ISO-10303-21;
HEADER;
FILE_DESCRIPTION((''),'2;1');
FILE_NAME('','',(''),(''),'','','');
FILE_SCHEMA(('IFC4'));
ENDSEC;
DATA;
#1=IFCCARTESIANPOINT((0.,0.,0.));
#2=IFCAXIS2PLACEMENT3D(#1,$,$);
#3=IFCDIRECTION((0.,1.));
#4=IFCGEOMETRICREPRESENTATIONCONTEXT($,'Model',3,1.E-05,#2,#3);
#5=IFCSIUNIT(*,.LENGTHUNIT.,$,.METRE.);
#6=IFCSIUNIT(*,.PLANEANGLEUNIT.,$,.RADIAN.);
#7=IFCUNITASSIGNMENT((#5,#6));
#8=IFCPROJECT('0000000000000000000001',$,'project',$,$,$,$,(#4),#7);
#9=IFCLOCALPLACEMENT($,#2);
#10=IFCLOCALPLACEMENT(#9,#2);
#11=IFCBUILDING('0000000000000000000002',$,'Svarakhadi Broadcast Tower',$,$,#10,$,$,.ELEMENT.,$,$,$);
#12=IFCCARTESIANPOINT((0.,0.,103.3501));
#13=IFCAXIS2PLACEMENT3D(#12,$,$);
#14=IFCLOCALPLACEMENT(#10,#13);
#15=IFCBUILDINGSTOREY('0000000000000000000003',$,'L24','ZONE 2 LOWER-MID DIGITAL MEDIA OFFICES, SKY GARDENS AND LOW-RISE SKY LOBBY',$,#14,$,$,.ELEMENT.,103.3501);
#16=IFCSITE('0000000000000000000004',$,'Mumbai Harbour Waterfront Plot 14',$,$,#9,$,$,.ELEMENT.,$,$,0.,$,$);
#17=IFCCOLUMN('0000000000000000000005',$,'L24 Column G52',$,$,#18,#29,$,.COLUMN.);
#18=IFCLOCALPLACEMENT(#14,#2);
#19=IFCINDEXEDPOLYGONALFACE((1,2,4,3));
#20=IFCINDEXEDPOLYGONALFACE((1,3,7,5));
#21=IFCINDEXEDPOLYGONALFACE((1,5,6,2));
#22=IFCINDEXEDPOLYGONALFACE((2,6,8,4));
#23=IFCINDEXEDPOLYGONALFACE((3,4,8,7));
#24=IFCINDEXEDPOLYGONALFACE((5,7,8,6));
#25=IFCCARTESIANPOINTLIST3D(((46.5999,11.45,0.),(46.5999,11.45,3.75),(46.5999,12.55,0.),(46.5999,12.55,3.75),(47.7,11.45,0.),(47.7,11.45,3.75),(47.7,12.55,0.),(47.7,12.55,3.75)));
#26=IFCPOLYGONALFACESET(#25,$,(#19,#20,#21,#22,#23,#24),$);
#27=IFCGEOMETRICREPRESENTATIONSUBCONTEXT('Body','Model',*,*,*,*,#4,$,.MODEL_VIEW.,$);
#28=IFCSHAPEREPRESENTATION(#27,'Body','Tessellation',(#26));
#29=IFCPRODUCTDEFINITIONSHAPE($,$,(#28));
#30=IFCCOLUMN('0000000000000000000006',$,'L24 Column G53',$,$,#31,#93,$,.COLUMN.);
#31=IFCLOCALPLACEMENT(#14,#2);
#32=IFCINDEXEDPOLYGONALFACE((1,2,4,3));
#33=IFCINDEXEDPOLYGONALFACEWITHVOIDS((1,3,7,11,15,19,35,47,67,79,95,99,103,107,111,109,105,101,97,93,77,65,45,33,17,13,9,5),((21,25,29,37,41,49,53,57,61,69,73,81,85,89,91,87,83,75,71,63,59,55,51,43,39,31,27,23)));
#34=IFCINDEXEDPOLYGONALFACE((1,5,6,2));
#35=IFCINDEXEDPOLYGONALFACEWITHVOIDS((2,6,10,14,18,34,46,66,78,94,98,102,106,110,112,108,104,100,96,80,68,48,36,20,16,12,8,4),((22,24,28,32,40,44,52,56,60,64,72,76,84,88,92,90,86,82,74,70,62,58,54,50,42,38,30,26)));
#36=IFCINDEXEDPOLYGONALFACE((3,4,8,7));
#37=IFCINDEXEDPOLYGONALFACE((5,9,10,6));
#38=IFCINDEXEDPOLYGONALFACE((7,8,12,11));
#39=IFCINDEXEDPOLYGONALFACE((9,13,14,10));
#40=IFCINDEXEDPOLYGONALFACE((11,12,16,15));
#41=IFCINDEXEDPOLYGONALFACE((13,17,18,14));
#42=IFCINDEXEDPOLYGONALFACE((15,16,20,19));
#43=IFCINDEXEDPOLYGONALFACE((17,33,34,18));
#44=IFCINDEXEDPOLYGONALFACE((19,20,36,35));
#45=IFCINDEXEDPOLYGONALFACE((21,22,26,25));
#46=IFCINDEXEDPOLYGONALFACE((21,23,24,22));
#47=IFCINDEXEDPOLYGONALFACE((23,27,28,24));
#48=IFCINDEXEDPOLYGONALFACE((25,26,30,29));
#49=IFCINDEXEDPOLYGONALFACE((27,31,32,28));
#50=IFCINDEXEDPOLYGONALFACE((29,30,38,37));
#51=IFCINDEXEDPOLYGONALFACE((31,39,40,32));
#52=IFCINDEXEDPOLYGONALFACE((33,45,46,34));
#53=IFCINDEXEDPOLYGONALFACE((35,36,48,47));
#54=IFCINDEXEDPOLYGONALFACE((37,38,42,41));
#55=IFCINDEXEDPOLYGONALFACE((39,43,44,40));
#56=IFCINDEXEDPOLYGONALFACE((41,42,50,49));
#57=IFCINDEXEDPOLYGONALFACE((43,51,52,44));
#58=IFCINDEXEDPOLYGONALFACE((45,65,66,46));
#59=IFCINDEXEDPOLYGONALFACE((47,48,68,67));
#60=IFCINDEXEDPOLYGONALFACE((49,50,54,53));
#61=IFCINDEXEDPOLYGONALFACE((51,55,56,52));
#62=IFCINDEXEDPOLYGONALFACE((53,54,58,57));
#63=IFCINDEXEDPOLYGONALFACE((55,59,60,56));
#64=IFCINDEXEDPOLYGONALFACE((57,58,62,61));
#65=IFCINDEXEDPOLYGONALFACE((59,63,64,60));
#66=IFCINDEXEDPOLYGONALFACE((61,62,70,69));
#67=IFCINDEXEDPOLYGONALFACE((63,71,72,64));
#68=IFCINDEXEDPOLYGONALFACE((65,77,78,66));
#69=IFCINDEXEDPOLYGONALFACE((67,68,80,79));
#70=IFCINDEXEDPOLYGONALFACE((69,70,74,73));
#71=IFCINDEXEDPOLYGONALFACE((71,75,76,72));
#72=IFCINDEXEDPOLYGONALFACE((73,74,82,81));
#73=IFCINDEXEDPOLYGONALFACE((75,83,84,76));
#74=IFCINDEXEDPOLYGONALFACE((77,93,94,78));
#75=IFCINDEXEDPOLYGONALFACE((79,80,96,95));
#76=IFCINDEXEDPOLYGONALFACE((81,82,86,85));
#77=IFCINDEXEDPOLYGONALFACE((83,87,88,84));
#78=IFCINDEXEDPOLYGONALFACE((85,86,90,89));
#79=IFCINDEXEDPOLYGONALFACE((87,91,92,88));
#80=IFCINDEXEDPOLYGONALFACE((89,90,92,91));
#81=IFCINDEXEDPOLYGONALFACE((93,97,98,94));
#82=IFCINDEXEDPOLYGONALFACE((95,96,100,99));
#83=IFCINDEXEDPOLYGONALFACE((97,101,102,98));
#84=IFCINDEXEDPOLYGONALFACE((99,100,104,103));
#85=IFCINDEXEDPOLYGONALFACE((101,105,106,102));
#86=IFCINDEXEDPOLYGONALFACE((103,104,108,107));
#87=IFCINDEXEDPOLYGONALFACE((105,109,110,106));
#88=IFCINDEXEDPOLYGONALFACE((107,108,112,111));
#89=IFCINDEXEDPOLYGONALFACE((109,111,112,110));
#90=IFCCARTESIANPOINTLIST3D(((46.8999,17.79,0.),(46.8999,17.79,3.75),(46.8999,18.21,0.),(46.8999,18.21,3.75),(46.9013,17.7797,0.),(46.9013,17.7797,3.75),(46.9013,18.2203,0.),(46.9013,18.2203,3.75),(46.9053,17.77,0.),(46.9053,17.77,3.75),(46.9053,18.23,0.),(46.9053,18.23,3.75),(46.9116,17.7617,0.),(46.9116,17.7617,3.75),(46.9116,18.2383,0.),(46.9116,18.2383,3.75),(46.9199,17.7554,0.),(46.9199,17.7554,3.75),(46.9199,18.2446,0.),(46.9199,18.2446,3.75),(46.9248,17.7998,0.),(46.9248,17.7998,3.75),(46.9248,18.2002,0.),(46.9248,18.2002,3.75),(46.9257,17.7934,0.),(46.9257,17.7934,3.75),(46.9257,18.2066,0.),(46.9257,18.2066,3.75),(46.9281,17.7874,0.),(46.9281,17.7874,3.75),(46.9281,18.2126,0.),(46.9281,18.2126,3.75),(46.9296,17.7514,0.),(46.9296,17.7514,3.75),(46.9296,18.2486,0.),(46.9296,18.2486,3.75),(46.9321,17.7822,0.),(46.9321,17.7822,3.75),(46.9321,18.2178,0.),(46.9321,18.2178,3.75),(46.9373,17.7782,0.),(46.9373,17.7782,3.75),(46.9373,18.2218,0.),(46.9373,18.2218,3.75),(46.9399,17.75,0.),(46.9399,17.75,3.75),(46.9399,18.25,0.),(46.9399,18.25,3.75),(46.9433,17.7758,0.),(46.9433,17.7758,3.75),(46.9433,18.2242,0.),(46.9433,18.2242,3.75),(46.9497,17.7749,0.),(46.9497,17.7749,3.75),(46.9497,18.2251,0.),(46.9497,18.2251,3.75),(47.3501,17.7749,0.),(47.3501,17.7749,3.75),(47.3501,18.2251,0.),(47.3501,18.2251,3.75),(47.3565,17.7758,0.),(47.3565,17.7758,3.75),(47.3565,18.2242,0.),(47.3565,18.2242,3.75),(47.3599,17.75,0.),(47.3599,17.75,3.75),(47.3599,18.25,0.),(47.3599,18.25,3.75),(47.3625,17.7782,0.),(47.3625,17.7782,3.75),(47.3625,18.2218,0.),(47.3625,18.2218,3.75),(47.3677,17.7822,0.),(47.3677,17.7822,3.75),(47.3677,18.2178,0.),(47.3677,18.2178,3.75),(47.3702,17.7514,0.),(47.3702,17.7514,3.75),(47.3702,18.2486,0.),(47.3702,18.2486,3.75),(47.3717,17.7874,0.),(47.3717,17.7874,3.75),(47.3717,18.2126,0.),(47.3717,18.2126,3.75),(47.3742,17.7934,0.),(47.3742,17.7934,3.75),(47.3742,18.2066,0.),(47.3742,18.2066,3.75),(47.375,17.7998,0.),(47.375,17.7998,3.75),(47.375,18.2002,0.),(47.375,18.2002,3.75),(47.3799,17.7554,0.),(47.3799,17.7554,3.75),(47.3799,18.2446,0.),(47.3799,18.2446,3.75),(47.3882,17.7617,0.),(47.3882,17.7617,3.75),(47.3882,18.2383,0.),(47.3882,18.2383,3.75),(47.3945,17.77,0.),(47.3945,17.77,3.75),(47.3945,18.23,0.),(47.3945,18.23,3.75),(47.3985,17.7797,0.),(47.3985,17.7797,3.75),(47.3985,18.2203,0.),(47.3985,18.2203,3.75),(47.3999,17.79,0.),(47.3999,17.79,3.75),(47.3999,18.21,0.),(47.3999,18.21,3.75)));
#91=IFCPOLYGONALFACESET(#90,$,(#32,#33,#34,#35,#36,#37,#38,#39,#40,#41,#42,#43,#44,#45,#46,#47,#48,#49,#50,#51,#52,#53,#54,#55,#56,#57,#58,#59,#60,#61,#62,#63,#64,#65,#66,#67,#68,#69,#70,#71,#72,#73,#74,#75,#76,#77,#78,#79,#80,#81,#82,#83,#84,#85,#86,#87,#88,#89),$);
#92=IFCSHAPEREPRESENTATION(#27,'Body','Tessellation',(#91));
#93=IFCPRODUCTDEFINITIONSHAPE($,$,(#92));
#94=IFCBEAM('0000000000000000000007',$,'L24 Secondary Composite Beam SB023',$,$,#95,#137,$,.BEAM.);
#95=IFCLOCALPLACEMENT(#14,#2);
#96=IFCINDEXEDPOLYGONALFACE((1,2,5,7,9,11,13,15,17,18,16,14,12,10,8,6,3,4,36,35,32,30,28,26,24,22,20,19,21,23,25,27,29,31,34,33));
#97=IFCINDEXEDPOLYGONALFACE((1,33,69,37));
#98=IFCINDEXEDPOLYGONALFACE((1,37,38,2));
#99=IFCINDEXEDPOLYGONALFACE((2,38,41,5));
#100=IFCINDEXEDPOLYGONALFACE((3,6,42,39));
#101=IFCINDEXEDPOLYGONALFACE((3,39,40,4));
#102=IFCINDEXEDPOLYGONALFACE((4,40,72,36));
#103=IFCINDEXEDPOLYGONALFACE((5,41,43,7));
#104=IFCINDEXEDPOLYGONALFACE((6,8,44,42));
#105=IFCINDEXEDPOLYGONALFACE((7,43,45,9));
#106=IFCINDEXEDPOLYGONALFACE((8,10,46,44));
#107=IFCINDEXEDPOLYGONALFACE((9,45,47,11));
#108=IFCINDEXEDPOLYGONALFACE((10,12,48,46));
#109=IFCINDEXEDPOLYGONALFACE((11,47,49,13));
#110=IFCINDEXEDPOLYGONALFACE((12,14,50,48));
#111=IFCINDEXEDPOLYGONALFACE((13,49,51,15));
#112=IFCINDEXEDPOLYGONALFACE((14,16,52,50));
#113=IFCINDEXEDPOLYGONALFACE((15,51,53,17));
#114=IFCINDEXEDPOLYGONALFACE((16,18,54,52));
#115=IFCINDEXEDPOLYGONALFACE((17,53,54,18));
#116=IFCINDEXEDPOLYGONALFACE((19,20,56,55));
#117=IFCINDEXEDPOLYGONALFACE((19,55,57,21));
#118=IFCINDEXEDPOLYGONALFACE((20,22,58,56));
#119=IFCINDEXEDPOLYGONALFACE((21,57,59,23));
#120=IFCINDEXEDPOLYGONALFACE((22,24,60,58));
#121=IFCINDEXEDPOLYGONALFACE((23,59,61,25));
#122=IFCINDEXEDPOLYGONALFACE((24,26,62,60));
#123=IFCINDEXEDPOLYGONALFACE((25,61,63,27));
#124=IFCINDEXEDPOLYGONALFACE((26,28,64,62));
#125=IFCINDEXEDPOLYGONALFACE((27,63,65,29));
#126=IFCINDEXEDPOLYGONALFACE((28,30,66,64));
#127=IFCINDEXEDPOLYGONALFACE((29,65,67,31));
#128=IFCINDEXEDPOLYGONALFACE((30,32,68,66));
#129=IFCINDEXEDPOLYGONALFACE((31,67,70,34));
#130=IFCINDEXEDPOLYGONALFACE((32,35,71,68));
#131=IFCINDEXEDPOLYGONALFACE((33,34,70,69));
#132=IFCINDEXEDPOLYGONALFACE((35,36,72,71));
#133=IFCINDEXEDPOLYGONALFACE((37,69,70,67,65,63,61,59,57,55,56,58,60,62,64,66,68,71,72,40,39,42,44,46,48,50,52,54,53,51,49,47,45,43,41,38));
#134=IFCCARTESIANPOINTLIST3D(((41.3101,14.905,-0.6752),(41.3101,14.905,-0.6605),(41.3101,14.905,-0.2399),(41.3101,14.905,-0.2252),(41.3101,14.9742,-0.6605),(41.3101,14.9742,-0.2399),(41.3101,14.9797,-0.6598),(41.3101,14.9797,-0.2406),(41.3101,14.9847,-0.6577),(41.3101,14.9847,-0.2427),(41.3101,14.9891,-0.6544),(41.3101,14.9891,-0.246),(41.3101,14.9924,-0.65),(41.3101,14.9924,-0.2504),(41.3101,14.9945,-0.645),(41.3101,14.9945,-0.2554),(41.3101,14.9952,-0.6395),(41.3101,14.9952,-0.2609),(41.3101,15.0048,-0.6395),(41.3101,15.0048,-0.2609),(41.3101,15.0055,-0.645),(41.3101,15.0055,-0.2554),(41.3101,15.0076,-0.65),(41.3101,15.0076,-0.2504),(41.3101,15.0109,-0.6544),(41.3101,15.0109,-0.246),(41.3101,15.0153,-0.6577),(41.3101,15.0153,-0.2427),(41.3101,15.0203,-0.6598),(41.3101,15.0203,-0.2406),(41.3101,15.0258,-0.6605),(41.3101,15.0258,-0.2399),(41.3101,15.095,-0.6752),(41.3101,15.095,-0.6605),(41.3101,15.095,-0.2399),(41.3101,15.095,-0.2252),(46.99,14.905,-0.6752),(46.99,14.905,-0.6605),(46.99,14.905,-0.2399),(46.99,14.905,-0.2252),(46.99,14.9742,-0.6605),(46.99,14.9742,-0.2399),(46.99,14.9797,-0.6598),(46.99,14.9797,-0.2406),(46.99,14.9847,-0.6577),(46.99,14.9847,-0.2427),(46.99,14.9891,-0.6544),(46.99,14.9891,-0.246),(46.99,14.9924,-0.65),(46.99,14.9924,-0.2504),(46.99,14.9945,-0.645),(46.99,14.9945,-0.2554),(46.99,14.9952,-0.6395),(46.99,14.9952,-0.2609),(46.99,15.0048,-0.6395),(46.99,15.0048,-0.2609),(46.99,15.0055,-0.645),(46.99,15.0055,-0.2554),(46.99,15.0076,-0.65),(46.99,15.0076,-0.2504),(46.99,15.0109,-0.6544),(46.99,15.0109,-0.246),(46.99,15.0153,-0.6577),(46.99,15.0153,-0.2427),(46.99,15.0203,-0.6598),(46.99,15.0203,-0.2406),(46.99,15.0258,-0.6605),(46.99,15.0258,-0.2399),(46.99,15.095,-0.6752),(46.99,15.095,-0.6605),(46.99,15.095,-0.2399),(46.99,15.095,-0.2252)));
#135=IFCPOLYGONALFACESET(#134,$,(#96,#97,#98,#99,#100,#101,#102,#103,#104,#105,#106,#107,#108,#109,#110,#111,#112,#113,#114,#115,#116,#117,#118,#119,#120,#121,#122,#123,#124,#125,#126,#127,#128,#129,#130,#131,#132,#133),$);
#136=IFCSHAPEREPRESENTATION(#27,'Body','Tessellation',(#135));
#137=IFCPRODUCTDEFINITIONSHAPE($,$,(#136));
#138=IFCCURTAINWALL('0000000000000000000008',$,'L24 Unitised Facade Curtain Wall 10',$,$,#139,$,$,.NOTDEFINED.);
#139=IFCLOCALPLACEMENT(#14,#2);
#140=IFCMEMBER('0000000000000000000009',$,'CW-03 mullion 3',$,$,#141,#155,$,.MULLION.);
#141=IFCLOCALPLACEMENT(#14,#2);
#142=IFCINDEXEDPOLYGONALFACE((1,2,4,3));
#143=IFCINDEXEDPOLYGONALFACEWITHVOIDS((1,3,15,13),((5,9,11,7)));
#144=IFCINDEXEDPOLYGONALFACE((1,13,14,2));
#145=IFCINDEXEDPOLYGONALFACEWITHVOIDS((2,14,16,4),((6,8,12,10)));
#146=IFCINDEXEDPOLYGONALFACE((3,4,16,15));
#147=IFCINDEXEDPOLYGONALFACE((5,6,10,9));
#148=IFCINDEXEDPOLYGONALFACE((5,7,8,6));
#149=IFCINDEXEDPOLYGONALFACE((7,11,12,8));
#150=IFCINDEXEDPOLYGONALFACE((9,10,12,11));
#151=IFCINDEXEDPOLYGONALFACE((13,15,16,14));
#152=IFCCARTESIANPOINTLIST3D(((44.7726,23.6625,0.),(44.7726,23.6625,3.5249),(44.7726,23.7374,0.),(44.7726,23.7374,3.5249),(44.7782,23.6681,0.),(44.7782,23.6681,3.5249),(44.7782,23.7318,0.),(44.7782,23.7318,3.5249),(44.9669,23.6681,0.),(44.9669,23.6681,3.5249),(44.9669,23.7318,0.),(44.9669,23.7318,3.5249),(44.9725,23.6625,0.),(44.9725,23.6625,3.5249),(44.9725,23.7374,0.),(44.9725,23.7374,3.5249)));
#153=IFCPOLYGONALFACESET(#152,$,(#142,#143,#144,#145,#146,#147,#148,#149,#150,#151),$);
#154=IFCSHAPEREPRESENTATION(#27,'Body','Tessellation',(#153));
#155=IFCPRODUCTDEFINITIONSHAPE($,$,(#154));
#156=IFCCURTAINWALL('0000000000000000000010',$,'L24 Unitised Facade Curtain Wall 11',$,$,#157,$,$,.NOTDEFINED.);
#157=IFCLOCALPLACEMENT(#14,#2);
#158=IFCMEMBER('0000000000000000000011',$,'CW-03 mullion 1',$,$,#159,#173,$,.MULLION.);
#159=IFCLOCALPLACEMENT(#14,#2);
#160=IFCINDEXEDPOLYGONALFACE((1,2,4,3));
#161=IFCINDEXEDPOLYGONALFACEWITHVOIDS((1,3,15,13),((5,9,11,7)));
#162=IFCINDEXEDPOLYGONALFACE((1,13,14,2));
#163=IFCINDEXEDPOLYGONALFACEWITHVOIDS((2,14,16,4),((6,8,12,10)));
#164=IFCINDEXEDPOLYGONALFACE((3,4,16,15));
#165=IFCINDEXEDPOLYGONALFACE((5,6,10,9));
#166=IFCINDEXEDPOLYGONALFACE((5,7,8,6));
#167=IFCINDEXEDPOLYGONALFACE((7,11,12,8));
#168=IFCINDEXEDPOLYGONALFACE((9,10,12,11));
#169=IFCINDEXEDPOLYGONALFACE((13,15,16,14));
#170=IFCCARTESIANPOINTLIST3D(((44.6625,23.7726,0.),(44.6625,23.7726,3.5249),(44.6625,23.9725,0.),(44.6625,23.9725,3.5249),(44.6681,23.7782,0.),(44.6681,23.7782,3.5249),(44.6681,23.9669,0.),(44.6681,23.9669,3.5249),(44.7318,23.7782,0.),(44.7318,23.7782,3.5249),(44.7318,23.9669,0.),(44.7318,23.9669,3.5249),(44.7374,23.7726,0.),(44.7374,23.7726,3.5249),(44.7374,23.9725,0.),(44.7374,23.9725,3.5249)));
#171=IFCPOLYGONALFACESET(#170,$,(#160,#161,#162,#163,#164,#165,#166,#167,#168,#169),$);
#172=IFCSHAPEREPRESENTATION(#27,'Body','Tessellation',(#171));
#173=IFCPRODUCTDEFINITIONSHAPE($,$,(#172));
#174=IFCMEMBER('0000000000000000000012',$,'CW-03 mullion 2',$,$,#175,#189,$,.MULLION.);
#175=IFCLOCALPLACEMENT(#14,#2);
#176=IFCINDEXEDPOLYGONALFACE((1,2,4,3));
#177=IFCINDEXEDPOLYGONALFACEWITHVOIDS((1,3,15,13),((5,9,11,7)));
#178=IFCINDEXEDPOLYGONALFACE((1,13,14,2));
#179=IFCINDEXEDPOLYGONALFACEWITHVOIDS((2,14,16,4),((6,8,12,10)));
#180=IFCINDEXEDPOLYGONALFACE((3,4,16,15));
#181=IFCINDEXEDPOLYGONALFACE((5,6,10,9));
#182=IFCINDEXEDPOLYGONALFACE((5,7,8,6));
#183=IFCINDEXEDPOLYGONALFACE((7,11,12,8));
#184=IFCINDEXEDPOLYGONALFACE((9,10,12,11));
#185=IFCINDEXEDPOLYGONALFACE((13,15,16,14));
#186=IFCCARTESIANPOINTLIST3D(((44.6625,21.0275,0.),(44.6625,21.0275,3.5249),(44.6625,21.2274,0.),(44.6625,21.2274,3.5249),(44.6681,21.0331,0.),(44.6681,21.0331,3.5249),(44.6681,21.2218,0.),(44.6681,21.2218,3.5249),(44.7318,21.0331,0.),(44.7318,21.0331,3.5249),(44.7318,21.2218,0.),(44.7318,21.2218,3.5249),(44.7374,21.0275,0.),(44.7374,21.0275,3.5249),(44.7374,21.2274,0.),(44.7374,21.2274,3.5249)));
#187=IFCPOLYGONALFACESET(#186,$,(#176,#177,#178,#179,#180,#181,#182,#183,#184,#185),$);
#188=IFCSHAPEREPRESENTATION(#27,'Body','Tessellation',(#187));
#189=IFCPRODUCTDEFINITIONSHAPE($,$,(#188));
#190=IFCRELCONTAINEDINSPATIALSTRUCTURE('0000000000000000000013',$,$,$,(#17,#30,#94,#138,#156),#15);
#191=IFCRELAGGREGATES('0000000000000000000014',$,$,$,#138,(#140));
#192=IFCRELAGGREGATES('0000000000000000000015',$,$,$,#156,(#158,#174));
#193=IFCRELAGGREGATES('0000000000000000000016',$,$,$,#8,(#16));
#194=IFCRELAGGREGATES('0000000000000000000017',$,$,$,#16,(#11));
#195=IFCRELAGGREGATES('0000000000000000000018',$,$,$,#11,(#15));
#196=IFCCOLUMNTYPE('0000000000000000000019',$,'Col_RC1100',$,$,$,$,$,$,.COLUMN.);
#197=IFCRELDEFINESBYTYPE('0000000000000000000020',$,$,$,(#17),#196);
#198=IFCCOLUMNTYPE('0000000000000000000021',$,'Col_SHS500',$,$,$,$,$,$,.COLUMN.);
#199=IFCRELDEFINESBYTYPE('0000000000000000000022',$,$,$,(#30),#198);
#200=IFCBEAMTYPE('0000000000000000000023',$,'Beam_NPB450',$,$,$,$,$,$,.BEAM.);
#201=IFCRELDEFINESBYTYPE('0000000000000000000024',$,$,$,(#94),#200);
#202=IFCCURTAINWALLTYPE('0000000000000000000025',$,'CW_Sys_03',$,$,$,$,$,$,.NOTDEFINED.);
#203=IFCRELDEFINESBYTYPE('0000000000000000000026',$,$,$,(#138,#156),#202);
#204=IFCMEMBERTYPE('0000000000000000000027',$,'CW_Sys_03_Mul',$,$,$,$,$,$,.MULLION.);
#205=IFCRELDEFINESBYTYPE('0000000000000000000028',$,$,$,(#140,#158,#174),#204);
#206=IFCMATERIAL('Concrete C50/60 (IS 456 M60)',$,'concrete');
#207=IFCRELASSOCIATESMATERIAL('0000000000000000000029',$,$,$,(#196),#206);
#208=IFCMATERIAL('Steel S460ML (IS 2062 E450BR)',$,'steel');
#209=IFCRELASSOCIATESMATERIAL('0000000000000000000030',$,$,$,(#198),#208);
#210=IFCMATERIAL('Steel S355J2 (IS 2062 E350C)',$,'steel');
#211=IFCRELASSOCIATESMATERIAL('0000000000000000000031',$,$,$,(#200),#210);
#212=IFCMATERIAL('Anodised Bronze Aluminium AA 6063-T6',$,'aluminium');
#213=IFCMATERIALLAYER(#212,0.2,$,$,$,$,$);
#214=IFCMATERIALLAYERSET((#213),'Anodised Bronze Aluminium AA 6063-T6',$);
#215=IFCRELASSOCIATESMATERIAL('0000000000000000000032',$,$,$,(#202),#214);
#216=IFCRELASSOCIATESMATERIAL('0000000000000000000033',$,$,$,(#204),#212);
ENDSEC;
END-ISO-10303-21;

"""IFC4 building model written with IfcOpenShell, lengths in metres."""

from ifc_helpers import new_model, si_unit, direction, frame, origin, origin_2d, place, context, subcontext, project, spatial, rectangle, hollow_rectangle, i_section, extrude, material, layer, layer_set, material_profile, profile_set, type_object, element, aggregate, save


model = new_model("IFC4")

# Units and contexts
model_context = context("Model", 3, precision=1e-05, world=origin(), true_north=direction((0.0, 1.0)))
body_context = subcontext(model_context, "Body", "Model", "MODEL_VIEW")
ifc_project = project(units=[si_unit("LENGTHUNIT", "METRE"), si_unit("PLANEANGLEUNIT", "RADIAN")], contexts=[model_context])

# Site, building, storey
site_placement = place(None, origin())
site = spatial("IfcSite", under=ifc_project, at=site_placement, Name="Mumbai Harbour Waterfront Plot 14", CompositionType="ELEMENT", RefElevation=0.0)
building_placement = place(site_placement, origin())
building = spatial("IfcBuilding", under=site, at=building_placement, Name="Svarakhadi Broadcast Tower", CompositionType="ELEMENT")
storey_placement = place(building_placement, frame((0.0, 0.0, 103.3501)))
storey = spatial("IfcBuildingStorey", under=building, at=storey_placement, Name="L24", Description="ZONE 2 LOWER-MID DIGITAL MEDIA OFFICES, SKY GARDENS AND LOW-RISE SKY LOBBY", CompositionType="ELEMENT", Elevation=103.3501)

# Columns
ifc_material_1 = material(Name="Concrete C50/60 (IS 456 M60)", Category="concrete")
ifc_material_profile_1 = material_profile(ifc_material_1, rectangle(XDim=1.1001, YDim=1.1001, at=origin_2d()), Name="RC 1100x1100")
ifc_profile_set_1 = profile_set([ifc_material_profile_1], Name="Concrete C50/60 (IS 456 M60)")
column_type_1 = type_object("IfcColumnType", Name="Col_RC1100", PredefinedType="COLUMN", material=ifc_profile_set_1)
column_1_placement = place(storey_placement, frame((47.1499, 12.0, 0.0), z_axis=(0.0, 0.0, 1.0), x_axis=(1.0, 0.0, 0.0)))
element("IfcColumn", 1, at=column_1_placement, inside=storey, type_object=column_type_1, Name="L24 Column G52", PredefinedType="COLUMN", context=body_context, shape_type="SweptSolid", body=[
    extrude(rectangle(XDim=1.1001, YDim=1.1001, at=origin_2d()), origin(), (0.0, 0.0, 1.0), 3.75),
])
ifc_material_2 = material(Name="Steel S460ML (IS 2062 E450BR)", Category="steel")
ifc_material_profile_2 = material_profile(ifc_material_2, hollow_rectangle(XDim=0.5, YDim=0.5, WallThickness=0.0249, InnerFilletRadius=0.0249, OuterFilletRadius=0.04, at=origin_2d()), Name="SHS 500x500x25")
ifc_profile_set_2 = profile_set([ifc_material_profile_2], Name="Steel S460ML (IS 2062 E450BR)")
column_type_2 = type_object("IfcColumnType", Name="Col_SHS500", PredefinedType="COLUMN", material=ifc_profile_set_2)
column_2_placement = place(storey_placement, frame((47.1499, 18.0, 0.0), z_axis=(0.0, 0.0, 1.0), x_axis=(1.0, 0.0, 0.0)))
element("IfcColumn", 2, at=column_2_placement, inside=storey, type_object=column_type_2, Name="L24 Column G53", PredefinedType="COLUMN", context=body_context, shape_type="SweptSolid", body=[
    extrude(hollow_rectangle(XDim=0.5, YDim=0.5, WallThickness=0.0249, InnerFilletRadius=0.0249, OuterFilletRadius=0.04, at=origin_2d()), origin(), (0.0, 0.0, 1.0), 3.75),
])

# Beam
ifc_material_3 = material(Name="Steel S355J2 (IS 2062 E350C)", Category="steel")
ifc_material_profile_3 = material_profile(ifc_material_3, i_section(OverallWidth=0.1899, OverallDepth=0.45, WebThickness=0.0095, FlangeThickness=0.0146, FilletRadius=0.021, at=origin_2d()), Name="NPB 450x190x78")
ifc_profile_set_3 = profile_set([ifc_material_profile_3], Name="Steel S355J2 (IS 2062 E350C)")
beam_type_1 = type_object("IfcBeamType", Name="Beam_NPB450", PredefinedType="BEAM", material=ifc_profile_set_3)
beam_placement = place(storey_placement, frame((41.3101, 15.0, -0.4502), z_axis=(1.0, 0.0, 0.0), x_axis=(0.0, 1.0, 0.0)))
element("IfcBeam", 3, at=beam_placement, inside=storey, type_object=beam_type_1, Name="L24 Secondary Composite Beam SB023", PredefinedType="BEAM", context=body_context, shape_type="SweptSolid", body=[
    extrude(i_section(OverallWidth=0.1899, OverallDepth=0.45, WebThickness=0.0095, FlangeThickness=0.0146, FilletRadius=0.021, at=origin_2d()), origin(), (0.0, 0.0, 1.0), 5.6799),
])

# Curtain wall, member
ifc_material_4 = material(Name="Anodised Bronze Aluminium AA 6063-T6", Category="aluminium")
ifc_layer_1 = layer(ifc_material_4, 0.2)
ifc_layer_set_1 = layer_set([ifc_layer_1], Name="Anodised Bronze Aluminium AA 6063-T6")
curtain_wall_type = type_object("IfcCurtainWallType", Name="CW_Sys_03", PredefinedType="NOTDEFINED", material=ifc_layer_set_1)
curtain_wall_1_placement = place(storey_placement, origin())
curtain_wall_1 = element("IfcCurtainWall", 4, at=curtain_wall_1_placement, inside=storey, type_object=curtain_wall_type, Name="L24 Unitised Facade Curtain Wall 10", PredefinedType="NOTDEFINED")
ifc_material_profile_4 = material_profile(ifc_material_4, hollow_rectangle(XDim=0.075, YDim=0.2, WallThickness=0.0056, at=origin_2d()), Name="ALU MULLION 200x75x6")
ifc_profile_set_4 = profile_set([ifc_material_profile_4], Name="Anodised Bronze Aluminium AA 6063-T6")
member_type_1 = type_object("IfcMemberType", Name="CW_Sys_03_Mul", PredefinedType="MULLION", material=ifc_profile_set_4)
member_1_placement = place(storey_placement, frame((44.8726, 23.7, 0.0), z_axis=(0.0, 0.0, 1.0), x_axis=(0.0, 1.0, 0.0)))
member_1 = element("IfcMember", 5, at=member_1_placement, type_object=member_type_1, Name="CW-03 mullion 3", PredefinedType="MULLION", context=body_context, shape_type="SweptSolid", body=[
    extrude(hollow_rectangle(XDim=0.075, YDim=0.2, WallThickness=0.0056, at=origin_2d()), origin(), (0.0, 0.0, 1.0), 3.5249),
])
aggregate(curtain_wall_1, [member_1])

# Curtain wall, members
curtain_wall_2_placement = place(storey_placement, origin())
curtain_wall_2 = element("IfcCurtainWall", 6, at=curtain_wall_2_placement, inside=storey, type_object=curtain_wall_type, Name="L24 Unitised Facade Curtain Wall 11", PredefinedType="NOTDEFINED")
member_2_placement = place(storey_placement, frame((44.7, 23.8726, 0.0), z_axis=(0.0, 0.0, 1.0), x_axis=(1.0, 0.0, 0.0)))
member_2 = element("IfcMember", 7, at=member_2_placement, type_object=member_type_1, Name="CW-03 mullion 1", PredefinedType="MULLION", context=body_context, shape_type="SweptSolid", body=[
    extrude(hollow_rectangle(XDim=0.075, YDim=0.2, WallThickness=0.0056, at=origin_2d()), origin(), (0.0, 0.0, 1.0), 3.5249),
])
member_3_placement = place(storey_placement, frame((44.7, 21.1274, 0.0), z_axis=(0.0, 0.0, 1.0), x_axis=(1.0, 0.0, 0.0)))
member_3 = element("IfcMember", 8, at=member_3_placement, type_object=member_type_1, Name="CW-03 mullion 2", PredefinedType="MULLION", context=body_context, shape_type="SweptSolid", body=[
    extrude(hollow_rectangle(XDim=0.075, YDim=0.2, WallThickness=0.0056, at=origin_2d()), origin(), (0.0, 0.0, 1.0), 3.5249),
])

aggregate(curtain_wall_2, [member_2, member_3])

save(model, "model.ifc")
